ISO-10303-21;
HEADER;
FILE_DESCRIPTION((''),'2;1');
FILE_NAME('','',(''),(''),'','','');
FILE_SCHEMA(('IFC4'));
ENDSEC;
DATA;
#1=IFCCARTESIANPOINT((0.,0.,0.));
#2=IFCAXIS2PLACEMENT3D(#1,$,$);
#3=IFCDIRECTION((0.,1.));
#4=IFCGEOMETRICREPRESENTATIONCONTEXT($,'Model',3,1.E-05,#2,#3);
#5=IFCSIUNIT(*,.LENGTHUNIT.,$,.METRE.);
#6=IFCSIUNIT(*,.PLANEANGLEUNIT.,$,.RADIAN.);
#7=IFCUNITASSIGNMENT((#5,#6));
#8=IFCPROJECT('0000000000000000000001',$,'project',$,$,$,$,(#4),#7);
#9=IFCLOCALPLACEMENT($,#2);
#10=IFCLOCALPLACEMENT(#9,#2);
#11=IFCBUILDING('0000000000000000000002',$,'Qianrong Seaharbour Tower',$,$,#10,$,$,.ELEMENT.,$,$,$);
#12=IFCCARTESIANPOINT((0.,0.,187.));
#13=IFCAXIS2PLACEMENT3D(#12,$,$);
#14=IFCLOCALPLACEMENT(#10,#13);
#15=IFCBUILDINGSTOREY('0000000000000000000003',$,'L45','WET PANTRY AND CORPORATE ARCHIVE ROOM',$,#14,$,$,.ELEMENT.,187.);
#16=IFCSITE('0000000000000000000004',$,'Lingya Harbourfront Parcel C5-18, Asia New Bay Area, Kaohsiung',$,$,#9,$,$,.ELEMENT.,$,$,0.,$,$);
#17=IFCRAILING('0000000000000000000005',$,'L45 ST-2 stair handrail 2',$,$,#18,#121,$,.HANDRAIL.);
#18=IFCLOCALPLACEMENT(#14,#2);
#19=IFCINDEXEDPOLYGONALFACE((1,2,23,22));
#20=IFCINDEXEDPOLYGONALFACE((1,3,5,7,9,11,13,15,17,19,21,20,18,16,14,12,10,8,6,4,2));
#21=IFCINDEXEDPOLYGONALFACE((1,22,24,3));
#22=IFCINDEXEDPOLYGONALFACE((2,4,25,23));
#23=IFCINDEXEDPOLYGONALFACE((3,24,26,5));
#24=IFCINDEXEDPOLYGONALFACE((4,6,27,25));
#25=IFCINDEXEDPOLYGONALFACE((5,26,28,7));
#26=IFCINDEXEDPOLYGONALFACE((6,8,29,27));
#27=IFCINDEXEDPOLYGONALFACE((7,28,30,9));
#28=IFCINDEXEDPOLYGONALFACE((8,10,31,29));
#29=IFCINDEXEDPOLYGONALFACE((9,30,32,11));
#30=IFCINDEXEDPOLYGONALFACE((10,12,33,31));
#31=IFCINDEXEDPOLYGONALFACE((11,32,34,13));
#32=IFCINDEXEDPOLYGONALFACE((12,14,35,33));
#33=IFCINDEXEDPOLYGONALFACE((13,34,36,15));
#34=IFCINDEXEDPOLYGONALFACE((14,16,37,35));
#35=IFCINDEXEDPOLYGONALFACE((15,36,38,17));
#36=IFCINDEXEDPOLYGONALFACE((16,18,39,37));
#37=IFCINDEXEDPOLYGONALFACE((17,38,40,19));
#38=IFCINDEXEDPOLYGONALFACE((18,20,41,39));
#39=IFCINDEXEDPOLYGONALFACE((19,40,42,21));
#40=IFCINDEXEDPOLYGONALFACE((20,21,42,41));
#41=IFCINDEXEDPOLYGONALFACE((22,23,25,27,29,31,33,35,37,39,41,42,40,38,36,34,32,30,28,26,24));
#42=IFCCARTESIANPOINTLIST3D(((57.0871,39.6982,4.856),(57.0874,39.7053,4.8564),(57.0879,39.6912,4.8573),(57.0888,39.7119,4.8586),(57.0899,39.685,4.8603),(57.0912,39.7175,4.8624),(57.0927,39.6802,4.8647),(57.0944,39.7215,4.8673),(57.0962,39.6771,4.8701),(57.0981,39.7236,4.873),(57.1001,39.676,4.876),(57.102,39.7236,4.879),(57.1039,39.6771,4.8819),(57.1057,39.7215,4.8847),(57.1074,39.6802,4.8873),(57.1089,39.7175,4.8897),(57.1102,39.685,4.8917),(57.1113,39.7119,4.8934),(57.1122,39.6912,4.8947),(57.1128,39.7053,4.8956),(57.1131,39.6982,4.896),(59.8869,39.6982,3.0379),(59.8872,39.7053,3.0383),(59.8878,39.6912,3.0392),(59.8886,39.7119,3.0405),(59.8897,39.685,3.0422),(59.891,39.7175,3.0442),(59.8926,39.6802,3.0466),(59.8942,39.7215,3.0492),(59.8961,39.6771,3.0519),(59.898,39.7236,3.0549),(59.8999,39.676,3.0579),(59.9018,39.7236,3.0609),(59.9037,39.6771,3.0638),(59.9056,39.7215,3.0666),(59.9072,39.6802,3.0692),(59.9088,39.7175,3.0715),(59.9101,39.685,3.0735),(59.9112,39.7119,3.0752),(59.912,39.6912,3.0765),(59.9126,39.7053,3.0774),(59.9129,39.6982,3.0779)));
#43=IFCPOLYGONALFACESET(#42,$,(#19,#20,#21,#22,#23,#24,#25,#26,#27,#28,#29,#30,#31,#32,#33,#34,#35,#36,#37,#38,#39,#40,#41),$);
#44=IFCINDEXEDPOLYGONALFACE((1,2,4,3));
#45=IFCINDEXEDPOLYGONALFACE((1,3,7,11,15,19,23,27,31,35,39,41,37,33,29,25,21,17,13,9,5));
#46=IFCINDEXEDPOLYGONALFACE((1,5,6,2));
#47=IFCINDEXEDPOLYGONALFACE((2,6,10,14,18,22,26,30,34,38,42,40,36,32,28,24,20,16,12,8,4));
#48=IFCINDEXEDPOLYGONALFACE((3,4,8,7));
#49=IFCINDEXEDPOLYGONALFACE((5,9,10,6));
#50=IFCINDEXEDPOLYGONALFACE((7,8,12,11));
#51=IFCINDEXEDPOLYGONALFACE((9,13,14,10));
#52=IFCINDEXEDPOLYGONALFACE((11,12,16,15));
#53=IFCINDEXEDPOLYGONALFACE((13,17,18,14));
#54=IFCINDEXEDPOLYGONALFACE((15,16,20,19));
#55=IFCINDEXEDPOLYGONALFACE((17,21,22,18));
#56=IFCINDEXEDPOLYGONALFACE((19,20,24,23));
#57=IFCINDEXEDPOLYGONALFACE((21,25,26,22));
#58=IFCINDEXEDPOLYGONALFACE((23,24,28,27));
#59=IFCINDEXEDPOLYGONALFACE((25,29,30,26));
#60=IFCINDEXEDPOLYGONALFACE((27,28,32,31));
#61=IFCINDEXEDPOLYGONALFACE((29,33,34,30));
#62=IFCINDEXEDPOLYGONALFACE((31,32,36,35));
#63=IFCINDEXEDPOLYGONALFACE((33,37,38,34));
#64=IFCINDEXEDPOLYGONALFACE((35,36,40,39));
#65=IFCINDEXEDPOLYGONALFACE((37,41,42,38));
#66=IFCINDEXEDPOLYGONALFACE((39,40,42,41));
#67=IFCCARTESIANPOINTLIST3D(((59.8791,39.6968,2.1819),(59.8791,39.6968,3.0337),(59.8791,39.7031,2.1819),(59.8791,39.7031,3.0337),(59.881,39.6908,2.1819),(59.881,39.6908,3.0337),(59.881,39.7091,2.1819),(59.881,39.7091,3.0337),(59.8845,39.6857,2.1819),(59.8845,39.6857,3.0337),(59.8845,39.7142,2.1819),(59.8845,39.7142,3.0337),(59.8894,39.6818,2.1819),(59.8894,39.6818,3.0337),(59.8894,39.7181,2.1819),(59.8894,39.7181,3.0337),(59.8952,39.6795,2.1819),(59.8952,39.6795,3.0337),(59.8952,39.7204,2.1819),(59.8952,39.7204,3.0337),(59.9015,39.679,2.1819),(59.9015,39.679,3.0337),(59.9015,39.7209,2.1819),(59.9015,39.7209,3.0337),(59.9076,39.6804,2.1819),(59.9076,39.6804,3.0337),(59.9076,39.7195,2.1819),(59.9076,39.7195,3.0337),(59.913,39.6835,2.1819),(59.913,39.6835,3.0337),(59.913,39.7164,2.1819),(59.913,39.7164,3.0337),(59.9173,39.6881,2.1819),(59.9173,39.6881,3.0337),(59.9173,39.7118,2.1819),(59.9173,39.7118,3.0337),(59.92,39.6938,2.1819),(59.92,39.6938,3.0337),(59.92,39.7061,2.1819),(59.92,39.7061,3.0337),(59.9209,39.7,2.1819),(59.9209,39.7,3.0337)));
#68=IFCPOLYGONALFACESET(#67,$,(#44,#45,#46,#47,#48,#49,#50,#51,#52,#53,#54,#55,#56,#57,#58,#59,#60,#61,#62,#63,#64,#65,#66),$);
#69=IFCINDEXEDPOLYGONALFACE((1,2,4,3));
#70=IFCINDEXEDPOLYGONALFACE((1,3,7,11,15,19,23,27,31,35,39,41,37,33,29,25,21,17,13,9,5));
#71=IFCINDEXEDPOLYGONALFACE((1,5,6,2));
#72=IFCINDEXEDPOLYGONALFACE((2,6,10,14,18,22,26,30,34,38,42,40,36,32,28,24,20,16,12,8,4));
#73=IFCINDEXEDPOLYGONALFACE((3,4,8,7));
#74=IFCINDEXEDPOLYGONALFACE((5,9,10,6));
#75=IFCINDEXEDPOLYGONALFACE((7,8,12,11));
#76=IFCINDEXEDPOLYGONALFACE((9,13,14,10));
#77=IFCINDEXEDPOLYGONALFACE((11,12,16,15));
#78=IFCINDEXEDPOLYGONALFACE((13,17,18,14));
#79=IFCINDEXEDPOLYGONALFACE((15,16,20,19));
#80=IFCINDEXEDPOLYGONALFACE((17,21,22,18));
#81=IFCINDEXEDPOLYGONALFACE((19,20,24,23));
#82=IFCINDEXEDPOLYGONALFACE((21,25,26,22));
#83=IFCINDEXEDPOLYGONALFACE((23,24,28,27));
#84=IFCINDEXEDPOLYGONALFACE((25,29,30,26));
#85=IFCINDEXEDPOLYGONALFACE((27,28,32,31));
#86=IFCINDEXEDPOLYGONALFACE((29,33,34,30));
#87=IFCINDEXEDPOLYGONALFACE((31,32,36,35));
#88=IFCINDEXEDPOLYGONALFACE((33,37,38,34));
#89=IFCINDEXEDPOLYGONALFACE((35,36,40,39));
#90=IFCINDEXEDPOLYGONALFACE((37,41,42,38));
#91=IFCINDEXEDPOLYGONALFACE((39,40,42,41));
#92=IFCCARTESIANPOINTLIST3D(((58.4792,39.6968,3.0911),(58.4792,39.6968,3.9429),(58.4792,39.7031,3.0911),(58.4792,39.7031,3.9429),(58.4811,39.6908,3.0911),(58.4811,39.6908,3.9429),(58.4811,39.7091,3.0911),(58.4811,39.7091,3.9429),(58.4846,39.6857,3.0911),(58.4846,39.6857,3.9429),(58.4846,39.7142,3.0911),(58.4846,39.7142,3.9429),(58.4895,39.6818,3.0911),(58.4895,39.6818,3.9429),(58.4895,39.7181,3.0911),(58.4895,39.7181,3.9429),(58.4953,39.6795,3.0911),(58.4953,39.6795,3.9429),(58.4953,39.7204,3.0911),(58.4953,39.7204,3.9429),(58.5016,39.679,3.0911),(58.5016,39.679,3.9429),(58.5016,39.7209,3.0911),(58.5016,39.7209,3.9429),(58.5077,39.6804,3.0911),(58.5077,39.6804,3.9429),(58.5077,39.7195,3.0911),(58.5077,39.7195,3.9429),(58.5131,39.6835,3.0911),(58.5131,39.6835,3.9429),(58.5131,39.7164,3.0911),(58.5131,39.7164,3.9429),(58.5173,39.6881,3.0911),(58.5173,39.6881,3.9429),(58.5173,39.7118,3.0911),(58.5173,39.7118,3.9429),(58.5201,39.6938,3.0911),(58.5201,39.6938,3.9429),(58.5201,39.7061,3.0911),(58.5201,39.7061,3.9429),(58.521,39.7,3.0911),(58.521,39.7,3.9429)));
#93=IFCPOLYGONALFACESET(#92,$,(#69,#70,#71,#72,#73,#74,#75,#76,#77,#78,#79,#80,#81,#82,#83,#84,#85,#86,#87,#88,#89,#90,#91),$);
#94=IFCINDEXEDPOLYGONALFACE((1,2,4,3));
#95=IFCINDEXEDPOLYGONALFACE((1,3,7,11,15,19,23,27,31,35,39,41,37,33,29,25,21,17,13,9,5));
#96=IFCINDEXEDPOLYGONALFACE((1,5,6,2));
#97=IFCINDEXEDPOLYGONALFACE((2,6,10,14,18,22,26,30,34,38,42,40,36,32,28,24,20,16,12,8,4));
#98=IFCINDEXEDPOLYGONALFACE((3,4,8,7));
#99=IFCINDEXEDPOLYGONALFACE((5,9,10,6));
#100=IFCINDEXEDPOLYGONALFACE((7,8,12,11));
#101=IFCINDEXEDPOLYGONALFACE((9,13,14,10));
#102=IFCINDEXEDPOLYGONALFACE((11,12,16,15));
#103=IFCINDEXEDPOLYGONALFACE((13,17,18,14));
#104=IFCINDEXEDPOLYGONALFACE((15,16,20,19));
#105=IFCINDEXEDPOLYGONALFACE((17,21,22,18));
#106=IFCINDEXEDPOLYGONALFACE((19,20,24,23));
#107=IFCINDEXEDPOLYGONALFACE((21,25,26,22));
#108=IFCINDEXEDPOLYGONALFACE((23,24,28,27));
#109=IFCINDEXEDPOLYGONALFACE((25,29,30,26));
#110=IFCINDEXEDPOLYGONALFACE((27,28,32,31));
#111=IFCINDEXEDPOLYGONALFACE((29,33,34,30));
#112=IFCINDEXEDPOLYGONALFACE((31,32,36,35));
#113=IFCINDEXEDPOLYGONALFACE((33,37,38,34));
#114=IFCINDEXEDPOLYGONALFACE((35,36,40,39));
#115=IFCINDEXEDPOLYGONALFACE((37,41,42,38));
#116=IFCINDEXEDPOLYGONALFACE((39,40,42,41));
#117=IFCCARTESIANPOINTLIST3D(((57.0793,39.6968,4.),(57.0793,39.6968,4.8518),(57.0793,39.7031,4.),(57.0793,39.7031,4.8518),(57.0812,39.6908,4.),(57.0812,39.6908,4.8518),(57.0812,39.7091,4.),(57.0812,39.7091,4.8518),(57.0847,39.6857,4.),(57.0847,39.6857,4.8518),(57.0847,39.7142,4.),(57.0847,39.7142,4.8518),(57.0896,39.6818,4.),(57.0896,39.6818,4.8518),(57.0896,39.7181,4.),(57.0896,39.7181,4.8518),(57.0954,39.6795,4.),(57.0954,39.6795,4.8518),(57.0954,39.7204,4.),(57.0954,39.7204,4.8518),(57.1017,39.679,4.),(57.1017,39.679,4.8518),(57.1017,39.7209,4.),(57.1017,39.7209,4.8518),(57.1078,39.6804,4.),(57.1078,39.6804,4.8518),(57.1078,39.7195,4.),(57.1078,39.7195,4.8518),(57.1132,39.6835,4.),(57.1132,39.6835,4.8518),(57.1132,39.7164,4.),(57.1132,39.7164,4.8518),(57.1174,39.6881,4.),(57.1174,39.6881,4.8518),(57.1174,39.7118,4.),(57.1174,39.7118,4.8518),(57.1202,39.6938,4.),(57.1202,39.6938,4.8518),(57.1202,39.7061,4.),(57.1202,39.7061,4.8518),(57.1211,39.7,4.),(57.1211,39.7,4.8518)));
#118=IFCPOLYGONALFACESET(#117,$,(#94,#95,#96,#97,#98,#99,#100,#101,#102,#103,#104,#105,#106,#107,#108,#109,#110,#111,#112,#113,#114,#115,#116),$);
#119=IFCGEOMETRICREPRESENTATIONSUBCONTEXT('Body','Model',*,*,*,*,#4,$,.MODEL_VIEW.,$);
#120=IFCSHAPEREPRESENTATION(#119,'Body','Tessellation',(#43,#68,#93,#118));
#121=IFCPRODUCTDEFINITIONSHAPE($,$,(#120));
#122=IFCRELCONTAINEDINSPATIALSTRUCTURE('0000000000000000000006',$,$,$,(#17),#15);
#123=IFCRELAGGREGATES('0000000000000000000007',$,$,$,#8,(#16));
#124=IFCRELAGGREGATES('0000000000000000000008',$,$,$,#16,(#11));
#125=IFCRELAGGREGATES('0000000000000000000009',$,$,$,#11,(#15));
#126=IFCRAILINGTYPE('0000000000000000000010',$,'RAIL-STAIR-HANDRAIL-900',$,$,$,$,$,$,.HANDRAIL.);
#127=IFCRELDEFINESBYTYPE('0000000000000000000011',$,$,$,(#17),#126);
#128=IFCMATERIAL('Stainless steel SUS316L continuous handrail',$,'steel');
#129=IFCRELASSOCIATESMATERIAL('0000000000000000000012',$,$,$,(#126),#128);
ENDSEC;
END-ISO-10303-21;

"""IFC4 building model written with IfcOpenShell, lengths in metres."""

from ifc_helpers import new_model, si_unit, direction, frame, origin, origin_2d, place, context, subcontext, project, spatial, circle, extrude, material, type_object, element, save


model = new_model("IFC4")

# Units and contexts
model_context = context("Model", 3, precision=1e-05, world=origin(), true_north=direction((0.0, 1.0)))
body_context = subcontext(model_context, "Body", "Model", "MODEL_VIEW")
ifc_project = project(units=[si_unit("LENGTHUNIT", "METRE"), si_unit("PLANEANGLEUNIT", "RADIAN")], contexts=[model_context])

# Site, building, storey
site_placement = place(None, origin())
site = spatial("IfcSite", under=ifc_project, at=site_placement, Name="Lingya Harbourfront Parcel C5-18, Asia New Bay Area, Kaohsiung", CompositionType="ELEMENT", RefElevation=0.0)
building_placement = place(site_placement, origin())
building = spatial("IfcBuilding", under=site, at=building_placement, Name="Qianrong Seaharbour Tower", CompositionType="ELEMENT")
storey_placement = place(building_placement, frame((0.0, 0.0, 187.0)))
storey = spatial("IfcBuildingStorey", under=building, at=storey_placement, Name="L45", Description="WET PANTRY AND CORPORATE ARCHIVE ROOM", CompositionType="ELEMENT", Elevation=187.0)

# Railing
ifc_material_1 = material(Name="Stainless steel SUS316L continuous handrail", Category="steel")
railing_type_1 = type_object("IfcRailingType", Name="RAIL-STAIR-HANDRAIL-900", PredefinedType="HANDRAIL", material=ifc_material_1)
railing_1_placement = place(storey_placement, frame((59.8999, 39.7, 2.1819)))
element("IfcRailing", 1, at=railing_1_placement, inside=storey, type_object=railing_type_1, Name="L45 ST-2 stair handrail 2", PredefinedType="HANDRAIL", context=body_context, shape_type="SweptSolid", body=[
    extrude(circle(Radius=0.0239, at=origin_2d()), frame((0.0, 0.0, 0.876), z_axis=(-0.838684, 0.0, 0.544618), x_axis=(0.0, -1.0, 0.0)), (0.0, 0.0, 1.0), 3.3384),
    extrude(circle(Radius=0.021, at=origin_2d()), origin(), (0.0, 0.0, 1.0), 0.8518),
    extrude(circle(Radius=0.021, at=origin_2d()), frame((-1.3999, 0.0, 0.9092)), (0.0, 0.0, 1.0), 0.8518),
    extrude(circle(Radius=0.021, at=origin_2d()), frame((-2.7998, 0.0, 1.8181)), (0.0, 0.0, 1.0), 0.8518),
])

save(model, "model.ifc")
